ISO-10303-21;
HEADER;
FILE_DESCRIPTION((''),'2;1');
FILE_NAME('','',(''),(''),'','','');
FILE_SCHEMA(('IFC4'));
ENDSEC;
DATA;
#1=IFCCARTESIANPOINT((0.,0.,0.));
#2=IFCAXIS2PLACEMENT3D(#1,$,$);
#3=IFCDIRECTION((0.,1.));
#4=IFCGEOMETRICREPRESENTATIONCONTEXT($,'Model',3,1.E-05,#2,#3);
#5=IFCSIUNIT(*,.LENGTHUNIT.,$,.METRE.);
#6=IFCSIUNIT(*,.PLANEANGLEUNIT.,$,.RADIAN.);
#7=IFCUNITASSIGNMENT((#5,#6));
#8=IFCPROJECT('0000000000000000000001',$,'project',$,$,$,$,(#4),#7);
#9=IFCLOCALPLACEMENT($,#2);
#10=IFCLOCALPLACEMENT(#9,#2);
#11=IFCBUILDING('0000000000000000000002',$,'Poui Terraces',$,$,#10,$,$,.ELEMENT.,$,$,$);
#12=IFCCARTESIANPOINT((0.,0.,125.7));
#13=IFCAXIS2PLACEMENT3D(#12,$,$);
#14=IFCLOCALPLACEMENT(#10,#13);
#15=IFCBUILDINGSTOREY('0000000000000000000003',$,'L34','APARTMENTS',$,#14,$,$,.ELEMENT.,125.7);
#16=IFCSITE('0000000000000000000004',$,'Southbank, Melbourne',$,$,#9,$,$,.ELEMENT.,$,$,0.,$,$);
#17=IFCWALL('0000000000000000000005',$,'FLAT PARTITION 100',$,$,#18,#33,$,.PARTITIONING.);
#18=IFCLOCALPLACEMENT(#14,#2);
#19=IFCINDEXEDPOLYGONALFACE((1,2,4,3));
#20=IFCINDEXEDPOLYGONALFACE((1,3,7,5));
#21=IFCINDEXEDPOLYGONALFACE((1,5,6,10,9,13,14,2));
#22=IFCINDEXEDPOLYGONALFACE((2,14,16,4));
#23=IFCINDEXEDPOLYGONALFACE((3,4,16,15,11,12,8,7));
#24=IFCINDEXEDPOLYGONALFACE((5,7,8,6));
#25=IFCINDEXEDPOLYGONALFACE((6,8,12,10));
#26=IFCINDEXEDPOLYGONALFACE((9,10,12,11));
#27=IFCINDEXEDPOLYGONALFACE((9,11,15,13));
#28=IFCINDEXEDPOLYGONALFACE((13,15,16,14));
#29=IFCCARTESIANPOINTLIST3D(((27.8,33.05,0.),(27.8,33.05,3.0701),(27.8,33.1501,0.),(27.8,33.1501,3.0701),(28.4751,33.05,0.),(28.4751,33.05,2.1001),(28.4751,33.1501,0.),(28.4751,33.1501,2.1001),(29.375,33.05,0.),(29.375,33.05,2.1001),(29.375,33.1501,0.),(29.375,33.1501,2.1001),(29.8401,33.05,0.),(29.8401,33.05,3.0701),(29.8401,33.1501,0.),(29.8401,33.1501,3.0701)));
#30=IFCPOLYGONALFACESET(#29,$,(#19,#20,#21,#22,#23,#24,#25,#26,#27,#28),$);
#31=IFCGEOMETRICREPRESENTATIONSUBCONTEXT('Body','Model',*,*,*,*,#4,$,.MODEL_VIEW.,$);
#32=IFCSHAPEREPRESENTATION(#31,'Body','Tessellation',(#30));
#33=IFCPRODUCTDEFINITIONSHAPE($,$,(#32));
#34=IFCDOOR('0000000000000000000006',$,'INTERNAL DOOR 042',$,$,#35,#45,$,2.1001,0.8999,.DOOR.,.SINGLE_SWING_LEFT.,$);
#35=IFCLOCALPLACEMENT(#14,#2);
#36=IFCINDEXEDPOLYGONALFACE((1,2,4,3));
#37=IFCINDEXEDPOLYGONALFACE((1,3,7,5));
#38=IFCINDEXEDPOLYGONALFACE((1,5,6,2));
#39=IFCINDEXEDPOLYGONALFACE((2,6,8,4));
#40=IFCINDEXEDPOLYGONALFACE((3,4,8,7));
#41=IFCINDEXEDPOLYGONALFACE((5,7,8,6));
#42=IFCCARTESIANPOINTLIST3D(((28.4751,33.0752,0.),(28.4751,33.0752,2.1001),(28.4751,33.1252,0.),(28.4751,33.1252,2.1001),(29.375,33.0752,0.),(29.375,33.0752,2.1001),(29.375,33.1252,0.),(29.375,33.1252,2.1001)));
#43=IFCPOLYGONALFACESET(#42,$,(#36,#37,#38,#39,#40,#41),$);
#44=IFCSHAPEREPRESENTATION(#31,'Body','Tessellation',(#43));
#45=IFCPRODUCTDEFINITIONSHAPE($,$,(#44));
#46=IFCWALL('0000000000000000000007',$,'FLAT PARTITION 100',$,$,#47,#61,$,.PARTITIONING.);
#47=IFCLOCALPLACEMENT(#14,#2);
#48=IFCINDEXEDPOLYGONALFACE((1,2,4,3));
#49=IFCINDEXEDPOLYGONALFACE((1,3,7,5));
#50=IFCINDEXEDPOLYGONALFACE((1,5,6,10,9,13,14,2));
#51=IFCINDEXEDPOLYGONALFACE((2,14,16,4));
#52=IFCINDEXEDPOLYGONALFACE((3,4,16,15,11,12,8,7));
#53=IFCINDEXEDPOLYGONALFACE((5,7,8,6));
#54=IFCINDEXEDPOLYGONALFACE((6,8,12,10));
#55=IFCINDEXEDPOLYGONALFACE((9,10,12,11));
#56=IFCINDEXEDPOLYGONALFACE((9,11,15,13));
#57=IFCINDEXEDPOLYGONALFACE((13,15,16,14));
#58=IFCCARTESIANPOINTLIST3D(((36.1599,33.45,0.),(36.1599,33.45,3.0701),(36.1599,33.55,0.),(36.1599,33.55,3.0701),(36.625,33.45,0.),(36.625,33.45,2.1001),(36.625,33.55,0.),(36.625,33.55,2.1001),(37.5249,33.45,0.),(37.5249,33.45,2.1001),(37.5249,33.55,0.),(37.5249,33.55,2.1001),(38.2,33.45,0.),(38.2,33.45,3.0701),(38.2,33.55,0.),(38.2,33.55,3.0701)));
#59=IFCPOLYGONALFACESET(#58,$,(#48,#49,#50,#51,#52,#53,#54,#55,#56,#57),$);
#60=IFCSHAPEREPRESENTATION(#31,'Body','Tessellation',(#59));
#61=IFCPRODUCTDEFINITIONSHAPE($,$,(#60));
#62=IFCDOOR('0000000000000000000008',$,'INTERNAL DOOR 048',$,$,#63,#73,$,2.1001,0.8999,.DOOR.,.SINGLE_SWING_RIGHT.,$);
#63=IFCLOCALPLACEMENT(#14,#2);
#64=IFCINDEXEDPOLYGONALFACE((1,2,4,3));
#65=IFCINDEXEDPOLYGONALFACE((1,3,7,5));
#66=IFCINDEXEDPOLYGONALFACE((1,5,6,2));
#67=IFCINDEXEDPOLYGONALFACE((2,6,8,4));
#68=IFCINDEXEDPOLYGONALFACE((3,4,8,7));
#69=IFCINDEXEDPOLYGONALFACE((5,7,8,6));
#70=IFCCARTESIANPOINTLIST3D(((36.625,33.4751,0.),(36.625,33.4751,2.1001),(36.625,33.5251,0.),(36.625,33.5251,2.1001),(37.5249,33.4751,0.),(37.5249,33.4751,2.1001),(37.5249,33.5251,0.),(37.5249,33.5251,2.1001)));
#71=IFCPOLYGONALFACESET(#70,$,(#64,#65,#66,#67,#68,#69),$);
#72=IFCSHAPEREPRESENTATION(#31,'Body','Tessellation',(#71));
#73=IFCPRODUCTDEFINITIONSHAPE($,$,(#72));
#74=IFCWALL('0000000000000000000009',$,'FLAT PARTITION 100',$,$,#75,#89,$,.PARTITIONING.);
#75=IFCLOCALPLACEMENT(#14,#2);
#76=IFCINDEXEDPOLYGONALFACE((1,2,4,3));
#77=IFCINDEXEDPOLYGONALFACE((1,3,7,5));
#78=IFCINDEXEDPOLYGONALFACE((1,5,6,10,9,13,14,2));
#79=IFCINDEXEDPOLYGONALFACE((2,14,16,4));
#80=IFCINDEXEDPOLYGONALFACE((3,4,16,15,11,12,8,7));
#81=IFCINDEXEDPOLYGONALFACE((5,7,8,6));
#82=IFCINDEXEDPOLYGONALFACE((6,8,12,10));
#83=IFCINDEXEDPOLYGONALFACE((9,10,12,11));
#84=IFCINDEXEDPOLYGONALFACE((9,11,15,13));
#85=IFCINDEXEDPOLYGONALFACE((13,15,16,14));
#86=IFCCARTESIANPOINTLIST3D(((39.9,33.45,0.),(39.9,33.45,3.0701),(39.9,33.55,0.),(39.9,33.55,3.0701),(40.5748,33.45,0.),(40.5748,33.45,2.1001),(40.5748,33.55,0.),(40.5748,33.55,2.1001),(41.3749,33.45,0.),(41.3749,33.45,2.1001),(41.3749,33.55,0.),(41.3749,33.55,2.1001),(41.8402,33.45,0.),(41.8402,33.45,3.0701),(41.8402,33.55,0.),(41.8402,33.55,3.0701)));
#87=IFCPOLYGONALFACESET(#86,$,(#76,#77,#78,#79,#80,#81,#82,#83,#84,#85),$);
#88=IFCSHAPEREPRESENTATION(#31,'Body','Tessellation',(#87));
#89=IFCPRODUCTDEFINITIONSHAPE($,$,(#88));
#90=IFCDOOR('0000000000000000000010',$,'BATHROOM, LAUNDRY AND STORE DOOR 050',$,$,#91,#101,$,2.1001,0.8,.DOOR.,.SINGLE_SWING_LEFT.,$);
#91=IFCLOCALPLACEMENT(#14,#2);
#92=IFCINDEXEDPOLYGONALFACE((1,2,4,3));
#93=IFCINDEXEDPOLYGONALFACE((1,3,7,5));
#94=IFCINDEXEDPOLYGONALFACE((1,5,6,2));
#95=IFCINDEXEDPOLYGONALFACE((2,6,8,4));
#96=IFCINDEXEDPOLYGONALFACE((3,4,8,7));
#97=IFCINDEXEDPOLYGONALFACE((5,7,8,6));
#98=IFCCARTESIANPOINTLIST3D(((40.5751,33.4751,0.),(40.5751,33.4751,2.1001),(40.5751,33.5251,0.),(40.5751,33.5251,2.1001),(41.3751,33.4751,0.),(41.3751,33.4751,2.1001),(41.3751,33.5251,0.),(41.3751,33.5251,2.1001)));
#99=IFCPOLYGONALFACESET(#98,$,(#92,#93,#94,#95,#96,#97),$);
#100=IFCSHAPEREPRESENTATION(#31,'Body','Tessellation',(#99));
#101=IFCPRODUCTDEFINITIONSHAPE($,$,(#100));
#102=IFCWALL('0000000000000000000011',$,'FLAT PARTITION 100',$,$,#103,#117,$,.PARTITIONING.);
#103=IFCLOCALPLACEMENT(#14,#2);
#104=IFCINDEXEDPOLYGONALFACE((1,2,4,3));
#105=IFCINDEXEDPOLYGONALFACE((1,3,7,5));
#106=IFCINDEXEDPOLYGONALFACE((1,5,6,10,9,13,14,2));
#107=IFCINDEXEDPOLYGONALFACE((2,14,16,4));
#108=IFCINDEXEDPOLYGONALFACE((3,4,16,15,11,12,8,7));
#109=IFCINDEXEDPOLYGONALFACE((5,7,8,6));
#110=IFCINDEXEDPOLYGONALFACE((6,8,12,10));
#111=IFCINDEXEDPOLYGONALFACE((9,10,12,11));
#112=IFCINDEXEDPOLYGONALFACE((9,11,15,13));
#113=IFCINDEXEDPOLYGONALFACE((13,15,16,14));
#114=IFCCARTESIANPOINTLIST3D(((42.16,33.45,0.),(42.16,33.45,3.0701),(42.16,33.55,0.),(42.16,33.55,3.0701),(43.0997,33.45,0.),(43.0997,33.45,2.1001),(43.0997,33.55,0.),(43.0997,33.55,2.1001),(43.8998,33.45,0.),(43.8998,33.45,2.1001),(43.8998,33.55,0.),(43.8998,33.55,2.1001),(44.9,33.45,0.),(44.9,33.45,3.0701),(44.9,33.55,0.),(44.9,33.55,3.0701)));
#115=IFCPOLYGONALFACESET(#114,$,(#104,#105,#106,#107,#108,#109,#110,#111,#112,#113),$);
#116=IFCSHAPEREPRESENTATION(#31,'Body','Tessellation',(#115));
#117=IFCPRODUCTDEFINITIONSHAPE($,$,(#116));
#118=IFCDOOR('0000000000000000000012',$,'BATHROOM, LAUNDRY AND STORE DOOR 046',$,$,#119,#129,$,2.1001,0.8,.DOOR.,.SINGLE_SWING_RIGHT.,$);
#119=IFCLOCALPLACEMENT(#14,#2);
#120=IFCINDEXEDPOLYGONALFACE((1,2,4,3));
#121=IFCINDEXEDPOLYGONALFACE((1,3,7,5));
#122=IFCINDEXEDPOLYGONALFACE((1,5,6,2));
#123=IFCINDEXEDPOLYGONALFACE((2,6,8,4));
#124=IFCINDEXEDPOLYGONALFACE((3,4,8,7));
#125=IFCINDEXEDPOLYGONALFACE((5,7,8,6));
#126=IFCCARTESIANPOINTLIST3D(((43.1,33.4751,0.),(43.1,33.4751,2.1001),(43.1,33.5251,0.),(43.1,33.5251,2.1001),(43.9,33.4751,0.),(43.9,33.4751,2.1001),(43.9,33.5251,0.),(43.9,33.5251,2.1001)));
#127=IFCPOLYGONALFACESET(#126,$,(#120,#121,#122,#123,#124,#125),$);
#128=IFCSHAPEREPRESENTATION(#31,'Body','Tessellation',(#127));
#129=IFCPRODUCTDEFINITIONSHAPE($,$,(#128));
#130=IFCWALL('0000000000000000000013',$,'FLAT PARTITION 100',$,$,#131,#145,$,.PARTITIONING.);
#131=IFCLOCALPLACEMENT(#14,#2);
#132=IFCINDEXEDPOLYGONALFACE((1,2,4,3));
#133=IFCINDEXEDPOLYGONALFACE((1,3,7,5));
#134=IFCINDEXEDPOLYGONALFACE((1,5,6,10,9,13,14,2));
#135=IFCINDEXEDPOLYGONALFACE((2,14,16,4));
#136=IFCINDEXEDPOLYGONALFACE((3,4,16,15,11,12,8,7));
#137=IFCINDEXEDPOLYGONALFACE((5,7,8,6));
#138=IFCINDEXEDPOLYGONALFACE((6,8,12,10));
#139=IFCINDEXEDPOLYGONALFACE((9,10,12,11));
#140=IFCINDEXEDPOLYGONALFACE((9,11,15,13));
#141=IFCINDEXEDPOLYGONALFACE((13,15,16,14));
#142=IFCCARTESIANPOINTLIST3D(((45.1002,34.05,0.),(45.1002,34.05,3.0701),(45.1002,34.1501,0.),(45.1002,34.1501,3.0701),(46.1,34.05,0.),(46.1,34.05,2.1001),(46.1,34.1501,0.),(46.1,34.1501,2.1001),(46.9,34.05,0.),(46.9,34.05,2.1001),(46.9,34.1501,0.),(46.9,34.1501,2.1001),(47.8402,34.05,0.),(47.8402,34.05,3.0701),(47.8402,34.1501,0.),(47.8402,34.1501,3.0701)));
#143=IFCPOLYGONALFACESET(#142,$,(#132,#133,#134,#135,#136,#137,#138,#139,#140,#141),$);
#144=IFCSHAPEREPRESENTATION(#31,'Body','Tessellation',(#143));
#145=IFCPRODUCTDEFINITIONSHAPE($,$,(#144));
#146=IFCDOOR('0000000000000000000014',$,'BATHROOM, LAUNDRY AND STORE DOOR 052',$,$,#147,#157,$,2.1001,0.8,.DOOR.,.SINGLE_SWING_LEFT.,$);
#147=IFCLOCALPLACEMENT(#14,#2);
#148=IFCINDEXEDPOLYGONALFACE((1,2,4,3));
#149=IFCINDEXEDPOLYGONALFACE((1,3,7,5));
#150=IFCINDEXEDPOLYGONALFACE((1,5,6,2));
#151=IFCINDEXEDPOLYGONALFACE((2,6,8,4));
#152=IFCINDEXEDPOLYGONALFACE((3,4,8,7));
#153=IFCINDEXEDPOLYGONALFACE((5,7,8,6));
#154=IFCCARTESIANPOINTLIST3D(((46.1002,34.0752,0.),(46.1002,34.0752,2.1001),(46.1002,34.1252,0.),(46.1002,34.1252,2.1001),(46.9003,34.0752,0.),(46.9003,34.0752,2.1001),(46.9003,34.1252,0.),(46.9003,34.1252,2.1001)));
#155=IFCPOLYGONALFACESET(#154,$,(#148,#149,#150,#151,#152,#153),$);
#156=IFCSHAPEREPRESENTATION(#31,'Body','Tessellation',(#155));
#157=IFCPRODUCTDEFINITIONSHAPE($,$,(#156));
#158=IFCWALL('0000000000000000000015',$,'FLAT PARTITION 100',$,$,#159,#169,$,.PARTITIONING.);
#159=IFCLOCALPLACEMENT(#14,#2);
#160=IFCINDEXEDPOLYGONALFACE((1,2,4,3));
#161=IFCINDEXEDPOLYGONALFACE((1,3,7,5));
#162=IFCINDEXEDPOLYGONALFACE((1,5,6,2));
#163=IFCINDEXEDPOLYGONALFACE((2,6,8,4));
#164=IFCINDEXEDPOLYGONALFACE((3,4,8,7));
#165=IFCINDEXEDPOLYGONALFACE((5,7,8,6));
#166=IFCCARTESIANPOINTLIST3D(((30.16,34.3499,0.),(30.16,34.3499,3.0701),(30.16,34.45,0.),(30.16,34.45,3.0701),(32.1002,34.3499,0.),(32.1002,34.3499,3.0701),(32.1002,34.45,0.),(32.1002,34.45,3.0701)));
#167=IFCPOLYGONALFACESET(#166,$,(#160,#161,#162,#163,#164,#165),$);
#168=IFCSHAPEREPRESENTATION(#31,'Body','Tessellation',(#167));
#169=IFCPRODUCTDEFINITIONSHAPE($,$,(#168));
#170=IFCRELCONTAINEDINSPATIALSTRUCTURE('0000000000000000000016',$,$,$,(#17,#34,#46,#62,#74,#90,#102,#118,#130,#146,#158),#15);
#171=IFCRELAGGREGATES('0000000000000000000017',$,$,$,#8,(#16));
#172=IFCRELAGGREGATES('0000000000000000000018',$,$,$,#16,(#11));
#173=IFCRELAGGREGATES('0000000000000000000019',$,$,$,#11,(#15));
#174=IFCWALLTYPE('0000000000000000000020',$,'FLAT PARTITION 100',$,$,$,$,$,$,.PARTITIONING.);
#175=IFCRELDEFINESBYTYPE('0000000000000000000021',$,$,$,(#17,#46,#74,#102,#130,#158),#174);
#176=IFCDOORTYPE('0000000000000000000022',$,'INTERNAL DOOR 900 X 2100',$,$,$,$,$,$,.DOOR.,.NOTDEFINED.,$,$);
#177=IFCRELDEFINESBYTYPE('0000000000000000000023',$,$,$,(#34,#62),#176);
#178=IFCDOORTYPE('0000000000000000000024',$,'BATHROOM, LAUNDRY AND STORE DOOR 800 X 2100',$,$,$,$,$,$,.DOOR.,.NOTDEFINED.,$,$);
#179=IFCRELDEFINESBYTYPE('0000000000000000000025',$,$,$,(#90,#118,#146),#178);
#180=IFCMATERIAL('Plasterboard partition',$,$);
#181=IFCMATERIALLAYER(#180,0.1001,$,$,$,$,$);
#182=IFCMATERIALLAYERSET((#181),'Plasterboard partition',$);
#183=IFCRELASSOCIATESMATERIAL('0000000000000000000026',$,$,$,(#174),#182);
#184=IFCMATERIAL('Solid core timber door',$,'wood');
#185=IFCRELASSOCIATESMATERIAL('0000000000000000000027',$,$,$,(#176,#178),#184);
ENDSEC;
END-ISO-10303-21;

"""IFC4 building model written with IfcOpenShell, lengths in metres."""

from ifc_helpers import new_model, si_unit, direction, frame, frame_2d, origin, place, context, subcontext, project, spatial, rectangle, extrude, material, layer, layer_set, type_object, element, fill, save


model = new_model("IFC4")

# Units and contexts
model_context = context("Model", 3, precision=1e-05, world=origin(), true_north=direction((0.0, 1.0)))
body_context = subcontext(model_context, "Body", "Model", "MODEL_VIEW")
ifc_project = project(units=[si_unit("LENGTHUNIT", "METRE"), si_unit("PLANEANGLEUNIT", "RADIAN")], contexts=[model_context])

# Site, building, storey
site_placement = place(None, origin())
site = spatial("IfcSite", under=ifc_project, at=site_placement, Name="Southbank, Melbourne", CompositionType="ELEMENT", RefElevation=0.0)
building_placement = place(site_placement, origin())
building = spatial("IfcBuilding", under=site, at=building_placement, Name="Poui Terraces", CompositionType="ELEMENT")
storey_placement = place(building_placement, frame((0.0, 0.0, 125.7)))
storey = spatial("IfcBuildingStorey", under=building, at=storey_placement, Name="L34", Description="APARTMENTS", CompositionType="ELEMENT", Elevation=125.7)

# Walls, openings, doors
ifc_material_1 = material(Name="Plasterboard partition")
ifc_layer_1 = layer(ifc_material_1, 0.1001)
ifc_layer_set_1 = layer_set([ifc_layer_1], Name="Plasterboard partition")
wall_type_1 = type_object("IfcWallType", Name="FLAT PARTITION 100", PredefinedType="PARTITIONING", material=ifc_layer_set_1)
wall_1_placement = place(storey_placement, frame((27.8, 33.1001, 0.0), z_axis=(0.0, 0.0, 1.0), x_axis=(1.0, 0.0, 0.0)))
wall_1 = element("IfcWall", 1, at=wall_1_placement, inside=storey, type_object=wall_type_1, Name="FLAT PARTITION 100", PredefinedType="PARTITIONING", context=body_context, shape_type="SweptSolid", body=[
    extrude(rectangle(XDim=2.04, YDim=0.1001, at=frame_2d((1.02, 0.0))), origin(), (0.0, 0.0, 1.0), 3.0701),
])
opening_1_placement = place(wall_1_placement, frame((0.675, 0.0, 0.0)))
opening_1 = element("IfcOpeningElement", 2, at=opening_1_placement, cuts=wall_1, PredefinedType="OPENING", context=body_context, shape_type="SweptSolid", body=[
    extrude(rectangle(XDim=0.8999, YDim=2.1001, at=frame_2d((0.45, 1.05))), frame((0.0, 0.0601, 0.0), z_axis=(0.0, -1.0, 0.0), x_axis=(1.0, 0.0, 0.0)), (0.0, 0.0, 1.0), 0.1201),
])
ifc_material_2 = material(Name="Solid core timber door", Category="wood")
door_type_1 = type_object("IfcDoorType", Name="INTERNAL DOOR 900 X 2100", OperationType="NOTDEFINED", PredefinedType="DOOR", material=ifc_material_2)
door_1_placement = place(opening_1_placement, frame((0.8999, 0.0, 0.0), z_axis=(0.0, 0.0, 1.0), x_axis=(-1.0, 0.0, 0.0)))
door_1 = element("IfcDoor", 3, at=door_1_placement, inside=storey, type_object=door_type_1, Name="INTERNAL DOOR 042", OperationType="SINGLE_SWING_LEFT", OverallHeight=2.1001, OverallWidth=0.8999, PredefinedType="DOOR", context=body_context, shape_type="SweptSolid", body=[
    extrude(rectangle(XDim=0.8999, YDim=2.1001, at=frame_2d((0.45, 1.05))), frame((0.0, 0.0249, 0.0), z_axis=(0.0, -1.0, 0.0), x_axis=(1.0, 0.0, 0.0)), (0.0, 0.0, 1.0), 0.05),
])
fill(opening_1, door_1)
wall_2_placement = place(storey_placement, frame((36.1599, 33.5, 0.0), z_axis=(0.0, 0.0, 1.0), x_axis=(1.0, 0.0, 0.0)))
wall_2 = element("IfcWall", 4, at=wall_2_placement, inside=storey, type_object=wall_type_1, Name="FLAT PARTITION 100", PredefinedType="PARTITIONING", context=body_context, shape_type="SweptSolid", body=[
    extrude(rectangle(XDim=2.04, YDim=0.1001, at=frame_2d((1.02, 0.0))), origin(), (0.0, 0.0, 1.0), 3.0701),
])
opening_2_placement = place(wall_2_placement, frame((0.4651, 0.0, 0.0)))
opening_2 = element("IfcOpeningElement", 5, at=opening_2_placement, cuts=wall_2, PredefinedType="OPENING", context=body_context, shape_type="SweptSolid", body=[
    extrude(rectangle(XDim=0.8999, YDim=2.1001, at=frame_2d((0.45, 1.05))), frame((0.0, 0.0601, 0.0), z_axis=(0.0, -1.0, 0.0), x_axis=(1.0, 0.0, 0.0)), (0.0, 0.0, 1.0), 0.1201),
])
door_2_placement = place(opening_2_placement, frame((0.8999, 0.0, 0.0), z_axis=(0.0, 0.0, 1.0), x_axis=(-1.0, 0.0, 0.0)))
door_2 = element("IfcDoor", 6, at=door_2_placement, inside=storey, type_object=door_type_1, Name="INTERNAL DOOR 048", OperationType="SINGLE_SWING_RIGHT", OverallHeight=2.1001, OverallWidth=0.8999, PredefinedType="DOOR", context=body_context, shape_type="SweptSolid", body=[
    extrude(rectangle(XDim=0.8999, YDim=2.1001, at=frame_2d((0.45, 1.05))), frame((0.0, 0.0249, 0.0), z_axis=(0.0, -1.0, 0.0), x_axis=(1.0, 0.0, 0.0)), (0.0, 0.0, 1.0), 0.05),
])
fill(opening_2, door_2)
wall_3_placement = place(storey_placement, frame((39.8999, 33.5, 0.0), z_axis=(0.0, 0.0, 1.0), x_axis=(1.0, 0.0, 0.0)))
wall_3 = element("IfcWall", 7, at=wall_3_placement, inside=storey, type_object=wall_type_1, Name="FLAT PARTITION 100", PredefinedType="PARTITIONING", context=body_context, shape_type="SweptSolid", body=[
    extrude(rectangle(XDim=1.9402, YDim=0.1001, at=frame_2d((0.9702, 0.0))), origin(), (0.0, 0.0, 1.0), 3.0701),
])
opening_3_placement = place(wall_3_placement, frame((0.675, 0.0, 0.0)))
opening_3 = element("IfcOpeningElement", 8, at=opening_3_placement, cuts=wall_3, PredefinedType="OPENING", context=body_context, shape_type="SweptSolid", body=[
    extrude(rectangle(XDim=0.8, YDim=2.1001, at=frame_2d((0.3999, 1.05))), frame((0.0, 0.0601, 0.0), z_axis=(0.0, -1.0, 0.0), x_axis=(1.0, 0.0, 0.0)), (0.0, 0.0, 1.0), 0.1201),
])
door_type_2 = type_object("IfcDoorType", Name="BATHROOM, LAUNDRY AND STORE DOOR 800 X 2100", OperationType="NOTDEFINED", PredefinedType="DOOR", material=ifc_material_2)
door_3_placement = place(opening_3_placement, frame((0.8, 0.0, 0.0), z_axis=(0.0, 0.0, 1.0), x_axis=(-1.0, 0.0, 0.0)))
door_3 = element("IfcDoor", 9, at=door_3_placement, inside=storey, type_object=door_type_2, Name="BATHROOM, LAUNDRY AND STORE DOOR 050", OperationType="SINGLE_SWING_LEFT", OverallHeight=2.1001, OverallWidth=0.8, PredefinedType="DOOR", context=body_context, shape_type="SweptSolid", body=[
    extrude(rectangle(XDim=0.8, YDim=2.1001, at=frame_2d((0.3999, 1.05))), frame((0.0, 0.0249, 0.0), z_axis=(0.0, -1.0, 0.0), x_axis=(1.0, 0.0, 0.0)), (0.0, 0.0, 1.0), 0.05),
])
fill(opening_3, door_3)
wall_4_placement = place(storey_placement, frame((42.1599, 33.5, 0.0), z_axis=(0.0, 0.0, 1.0), x_axis=(1.0, 0.0, 0.0)))
wall_4 = element("IfcWall", 10, at=wall_4_placement, inside=storey, type_object=wall_type_1, Name="FLAT PARTITION 100", PredefinedType="PARTITIONING", context=body_context, shape_type="SweptSolid", body=[
    extrude(rectangle(XDim=2.74, YDim=0.1001, at=frame_2d((1.3701, 0.0))), origin(), (0.0, 0.0, 1.0), 3.0701),
])
opening_4_placement = place(wall_4_placement, frame((0.9399, 0.0, 0.0)))
opening_4 = element("IfcOpeningElement", 11, at=opening_4_placement, cuts=wall_4, PredefinedType="OPENING", context=body_context, shape_type="SweptSolid", body=[
    extrude(rectangle(XDim=0.8, YDim=2.1001, at=frame_2d((0.3999, 1.05))), frame((0.0, 0.0601, 0.0), z_axis=(0.0, -1.0, 0.0), x_axis=(1.0, 0.0, 0.0)), (0.0, 0.0, 1.0), 0.1201),
])
door_4_placement = place(opening_4_placement, frame((0.8, 0.0, 0.0), z_axis=(0.0, 0.0, 1.0), x_axis=(-1.0, 0.0, 0.0)))
door_4 = element("IfcDoor", 12, at=door_4_placement, inside=storey, type_object=door_type_2, Name="BATHROOM, LAUNDRY AND STORE DOOR 046", OperationType="SINGLE_SWING_RIGHT", OverallHeight=2.1001, OverallWidth=0.8, PredefinedType="DOOR", context=body_context, shape_type="SweptSolid", body=[
    extrude(rectangle(XDim=0.8, YDim=2.1001, at=frame_2d((0.3999, 1.05))), frame((0.0, 0.0249, 0.0), z_axis=(0.0, -1.0, 0.0), x_axis=(1.0, 0.0, 0.0)), (0.0, 0.0, 1.0), 0.05),
])
fill(opening_4, door_4)
wall_5_placement = place(storey_placement, frame((45.1001, 34.1001, 0.0), z_axis=(0.0, 0.0, 1.0), x_axis=(1.0, 0.0, 0.0)))
wall_5 = element("IfcWall", 13, at=wall_5_placement, inside=storey, type_object=wall_type_1, Name="FLAT PARTITION 100", PredefinedType="PARTITIONING", context=body_context, shape_type="SweptSolid", body=[
    extrude(rectangle(XDim=2.74, YDim=0.1001, at=frame_2d((1.3701, 0.0))), origin(), (0.0, 0.0, 1.0), 3.0701),
])
opening_5_placement = place(wall_5_placement, frame((1.0, 0.0, 0.0)))
opening_5 = element("IfcOpeningElement", 14, at=opening_5_placement, cuts=wall_5, PredefinedType="OPENING", context=body_context, shape_type="SweptSolid", body=[
    extrude(rectangle(XDim=0.8, YDim=2.1001, at=frame_2d((0.3999, 1.05))), frame((0.0, 0.0601, 0.0), z_axis=(0.0, -1.0, 0.0), x_axis=(1.0, 0.0, 0.0)), (0.0, 0.0, 1.0), 0.1201),
])
door_5_placement = place(opening_5_placement, frame((0.8, 0.0, 0.0), z_axis=(0.0, 0.0, 1.0), x_axis=(-1.0, 0.0, 0.0)))
door_5 = element("IfcDoor", 15, at=door_5_placement, inside=storey, type_object=door_type_2, Name="BATHROOM, LAUNDRY AND STORE DOOR 052", OperationType="SINGLE_SWING_LEFT", OverallHeight=2.1001, OverallWidth=0.8, PredefinedType="DOOR", context=body_context, shape_type="SweptSolid", body=[
    extrude(rectangle(XDim=0.8, YDim=2.1001, at=frame_2d((0.3999, 1.05))), frame((0.0, 0.0249, 0.0), z_axis=(0.0, -1.0, 0.0), x_axis=(1.0, 0.0, 0.0)), (0.0, 0.0, 1.0), 0.05),
])
fill(opening_5, door_5)

# Wall
wall_6_placement = place(storey_placement, frame((30.1599, 34.3999, 0.0), z_axis=(0.0, 0.0, 1.0), x_axis=(1.0, 0.0, 0.0)))
element("IfcWall", 16, at=wall_6_placement, inside=storey, type_object=wall_type_1, Name="FLAT PARTITION 100", PredefinedType="PARTITIONING", context=body_context, shape_type="SweptSolid", body=[
    extrude(rectangle(XDim=1.9402, YDim=0.1001, at=frame_2d((0.9702, 0.0))), origin(), (0.0, 0.0, 1.0), 3.0701),
])

save(model, "model.ifc")
